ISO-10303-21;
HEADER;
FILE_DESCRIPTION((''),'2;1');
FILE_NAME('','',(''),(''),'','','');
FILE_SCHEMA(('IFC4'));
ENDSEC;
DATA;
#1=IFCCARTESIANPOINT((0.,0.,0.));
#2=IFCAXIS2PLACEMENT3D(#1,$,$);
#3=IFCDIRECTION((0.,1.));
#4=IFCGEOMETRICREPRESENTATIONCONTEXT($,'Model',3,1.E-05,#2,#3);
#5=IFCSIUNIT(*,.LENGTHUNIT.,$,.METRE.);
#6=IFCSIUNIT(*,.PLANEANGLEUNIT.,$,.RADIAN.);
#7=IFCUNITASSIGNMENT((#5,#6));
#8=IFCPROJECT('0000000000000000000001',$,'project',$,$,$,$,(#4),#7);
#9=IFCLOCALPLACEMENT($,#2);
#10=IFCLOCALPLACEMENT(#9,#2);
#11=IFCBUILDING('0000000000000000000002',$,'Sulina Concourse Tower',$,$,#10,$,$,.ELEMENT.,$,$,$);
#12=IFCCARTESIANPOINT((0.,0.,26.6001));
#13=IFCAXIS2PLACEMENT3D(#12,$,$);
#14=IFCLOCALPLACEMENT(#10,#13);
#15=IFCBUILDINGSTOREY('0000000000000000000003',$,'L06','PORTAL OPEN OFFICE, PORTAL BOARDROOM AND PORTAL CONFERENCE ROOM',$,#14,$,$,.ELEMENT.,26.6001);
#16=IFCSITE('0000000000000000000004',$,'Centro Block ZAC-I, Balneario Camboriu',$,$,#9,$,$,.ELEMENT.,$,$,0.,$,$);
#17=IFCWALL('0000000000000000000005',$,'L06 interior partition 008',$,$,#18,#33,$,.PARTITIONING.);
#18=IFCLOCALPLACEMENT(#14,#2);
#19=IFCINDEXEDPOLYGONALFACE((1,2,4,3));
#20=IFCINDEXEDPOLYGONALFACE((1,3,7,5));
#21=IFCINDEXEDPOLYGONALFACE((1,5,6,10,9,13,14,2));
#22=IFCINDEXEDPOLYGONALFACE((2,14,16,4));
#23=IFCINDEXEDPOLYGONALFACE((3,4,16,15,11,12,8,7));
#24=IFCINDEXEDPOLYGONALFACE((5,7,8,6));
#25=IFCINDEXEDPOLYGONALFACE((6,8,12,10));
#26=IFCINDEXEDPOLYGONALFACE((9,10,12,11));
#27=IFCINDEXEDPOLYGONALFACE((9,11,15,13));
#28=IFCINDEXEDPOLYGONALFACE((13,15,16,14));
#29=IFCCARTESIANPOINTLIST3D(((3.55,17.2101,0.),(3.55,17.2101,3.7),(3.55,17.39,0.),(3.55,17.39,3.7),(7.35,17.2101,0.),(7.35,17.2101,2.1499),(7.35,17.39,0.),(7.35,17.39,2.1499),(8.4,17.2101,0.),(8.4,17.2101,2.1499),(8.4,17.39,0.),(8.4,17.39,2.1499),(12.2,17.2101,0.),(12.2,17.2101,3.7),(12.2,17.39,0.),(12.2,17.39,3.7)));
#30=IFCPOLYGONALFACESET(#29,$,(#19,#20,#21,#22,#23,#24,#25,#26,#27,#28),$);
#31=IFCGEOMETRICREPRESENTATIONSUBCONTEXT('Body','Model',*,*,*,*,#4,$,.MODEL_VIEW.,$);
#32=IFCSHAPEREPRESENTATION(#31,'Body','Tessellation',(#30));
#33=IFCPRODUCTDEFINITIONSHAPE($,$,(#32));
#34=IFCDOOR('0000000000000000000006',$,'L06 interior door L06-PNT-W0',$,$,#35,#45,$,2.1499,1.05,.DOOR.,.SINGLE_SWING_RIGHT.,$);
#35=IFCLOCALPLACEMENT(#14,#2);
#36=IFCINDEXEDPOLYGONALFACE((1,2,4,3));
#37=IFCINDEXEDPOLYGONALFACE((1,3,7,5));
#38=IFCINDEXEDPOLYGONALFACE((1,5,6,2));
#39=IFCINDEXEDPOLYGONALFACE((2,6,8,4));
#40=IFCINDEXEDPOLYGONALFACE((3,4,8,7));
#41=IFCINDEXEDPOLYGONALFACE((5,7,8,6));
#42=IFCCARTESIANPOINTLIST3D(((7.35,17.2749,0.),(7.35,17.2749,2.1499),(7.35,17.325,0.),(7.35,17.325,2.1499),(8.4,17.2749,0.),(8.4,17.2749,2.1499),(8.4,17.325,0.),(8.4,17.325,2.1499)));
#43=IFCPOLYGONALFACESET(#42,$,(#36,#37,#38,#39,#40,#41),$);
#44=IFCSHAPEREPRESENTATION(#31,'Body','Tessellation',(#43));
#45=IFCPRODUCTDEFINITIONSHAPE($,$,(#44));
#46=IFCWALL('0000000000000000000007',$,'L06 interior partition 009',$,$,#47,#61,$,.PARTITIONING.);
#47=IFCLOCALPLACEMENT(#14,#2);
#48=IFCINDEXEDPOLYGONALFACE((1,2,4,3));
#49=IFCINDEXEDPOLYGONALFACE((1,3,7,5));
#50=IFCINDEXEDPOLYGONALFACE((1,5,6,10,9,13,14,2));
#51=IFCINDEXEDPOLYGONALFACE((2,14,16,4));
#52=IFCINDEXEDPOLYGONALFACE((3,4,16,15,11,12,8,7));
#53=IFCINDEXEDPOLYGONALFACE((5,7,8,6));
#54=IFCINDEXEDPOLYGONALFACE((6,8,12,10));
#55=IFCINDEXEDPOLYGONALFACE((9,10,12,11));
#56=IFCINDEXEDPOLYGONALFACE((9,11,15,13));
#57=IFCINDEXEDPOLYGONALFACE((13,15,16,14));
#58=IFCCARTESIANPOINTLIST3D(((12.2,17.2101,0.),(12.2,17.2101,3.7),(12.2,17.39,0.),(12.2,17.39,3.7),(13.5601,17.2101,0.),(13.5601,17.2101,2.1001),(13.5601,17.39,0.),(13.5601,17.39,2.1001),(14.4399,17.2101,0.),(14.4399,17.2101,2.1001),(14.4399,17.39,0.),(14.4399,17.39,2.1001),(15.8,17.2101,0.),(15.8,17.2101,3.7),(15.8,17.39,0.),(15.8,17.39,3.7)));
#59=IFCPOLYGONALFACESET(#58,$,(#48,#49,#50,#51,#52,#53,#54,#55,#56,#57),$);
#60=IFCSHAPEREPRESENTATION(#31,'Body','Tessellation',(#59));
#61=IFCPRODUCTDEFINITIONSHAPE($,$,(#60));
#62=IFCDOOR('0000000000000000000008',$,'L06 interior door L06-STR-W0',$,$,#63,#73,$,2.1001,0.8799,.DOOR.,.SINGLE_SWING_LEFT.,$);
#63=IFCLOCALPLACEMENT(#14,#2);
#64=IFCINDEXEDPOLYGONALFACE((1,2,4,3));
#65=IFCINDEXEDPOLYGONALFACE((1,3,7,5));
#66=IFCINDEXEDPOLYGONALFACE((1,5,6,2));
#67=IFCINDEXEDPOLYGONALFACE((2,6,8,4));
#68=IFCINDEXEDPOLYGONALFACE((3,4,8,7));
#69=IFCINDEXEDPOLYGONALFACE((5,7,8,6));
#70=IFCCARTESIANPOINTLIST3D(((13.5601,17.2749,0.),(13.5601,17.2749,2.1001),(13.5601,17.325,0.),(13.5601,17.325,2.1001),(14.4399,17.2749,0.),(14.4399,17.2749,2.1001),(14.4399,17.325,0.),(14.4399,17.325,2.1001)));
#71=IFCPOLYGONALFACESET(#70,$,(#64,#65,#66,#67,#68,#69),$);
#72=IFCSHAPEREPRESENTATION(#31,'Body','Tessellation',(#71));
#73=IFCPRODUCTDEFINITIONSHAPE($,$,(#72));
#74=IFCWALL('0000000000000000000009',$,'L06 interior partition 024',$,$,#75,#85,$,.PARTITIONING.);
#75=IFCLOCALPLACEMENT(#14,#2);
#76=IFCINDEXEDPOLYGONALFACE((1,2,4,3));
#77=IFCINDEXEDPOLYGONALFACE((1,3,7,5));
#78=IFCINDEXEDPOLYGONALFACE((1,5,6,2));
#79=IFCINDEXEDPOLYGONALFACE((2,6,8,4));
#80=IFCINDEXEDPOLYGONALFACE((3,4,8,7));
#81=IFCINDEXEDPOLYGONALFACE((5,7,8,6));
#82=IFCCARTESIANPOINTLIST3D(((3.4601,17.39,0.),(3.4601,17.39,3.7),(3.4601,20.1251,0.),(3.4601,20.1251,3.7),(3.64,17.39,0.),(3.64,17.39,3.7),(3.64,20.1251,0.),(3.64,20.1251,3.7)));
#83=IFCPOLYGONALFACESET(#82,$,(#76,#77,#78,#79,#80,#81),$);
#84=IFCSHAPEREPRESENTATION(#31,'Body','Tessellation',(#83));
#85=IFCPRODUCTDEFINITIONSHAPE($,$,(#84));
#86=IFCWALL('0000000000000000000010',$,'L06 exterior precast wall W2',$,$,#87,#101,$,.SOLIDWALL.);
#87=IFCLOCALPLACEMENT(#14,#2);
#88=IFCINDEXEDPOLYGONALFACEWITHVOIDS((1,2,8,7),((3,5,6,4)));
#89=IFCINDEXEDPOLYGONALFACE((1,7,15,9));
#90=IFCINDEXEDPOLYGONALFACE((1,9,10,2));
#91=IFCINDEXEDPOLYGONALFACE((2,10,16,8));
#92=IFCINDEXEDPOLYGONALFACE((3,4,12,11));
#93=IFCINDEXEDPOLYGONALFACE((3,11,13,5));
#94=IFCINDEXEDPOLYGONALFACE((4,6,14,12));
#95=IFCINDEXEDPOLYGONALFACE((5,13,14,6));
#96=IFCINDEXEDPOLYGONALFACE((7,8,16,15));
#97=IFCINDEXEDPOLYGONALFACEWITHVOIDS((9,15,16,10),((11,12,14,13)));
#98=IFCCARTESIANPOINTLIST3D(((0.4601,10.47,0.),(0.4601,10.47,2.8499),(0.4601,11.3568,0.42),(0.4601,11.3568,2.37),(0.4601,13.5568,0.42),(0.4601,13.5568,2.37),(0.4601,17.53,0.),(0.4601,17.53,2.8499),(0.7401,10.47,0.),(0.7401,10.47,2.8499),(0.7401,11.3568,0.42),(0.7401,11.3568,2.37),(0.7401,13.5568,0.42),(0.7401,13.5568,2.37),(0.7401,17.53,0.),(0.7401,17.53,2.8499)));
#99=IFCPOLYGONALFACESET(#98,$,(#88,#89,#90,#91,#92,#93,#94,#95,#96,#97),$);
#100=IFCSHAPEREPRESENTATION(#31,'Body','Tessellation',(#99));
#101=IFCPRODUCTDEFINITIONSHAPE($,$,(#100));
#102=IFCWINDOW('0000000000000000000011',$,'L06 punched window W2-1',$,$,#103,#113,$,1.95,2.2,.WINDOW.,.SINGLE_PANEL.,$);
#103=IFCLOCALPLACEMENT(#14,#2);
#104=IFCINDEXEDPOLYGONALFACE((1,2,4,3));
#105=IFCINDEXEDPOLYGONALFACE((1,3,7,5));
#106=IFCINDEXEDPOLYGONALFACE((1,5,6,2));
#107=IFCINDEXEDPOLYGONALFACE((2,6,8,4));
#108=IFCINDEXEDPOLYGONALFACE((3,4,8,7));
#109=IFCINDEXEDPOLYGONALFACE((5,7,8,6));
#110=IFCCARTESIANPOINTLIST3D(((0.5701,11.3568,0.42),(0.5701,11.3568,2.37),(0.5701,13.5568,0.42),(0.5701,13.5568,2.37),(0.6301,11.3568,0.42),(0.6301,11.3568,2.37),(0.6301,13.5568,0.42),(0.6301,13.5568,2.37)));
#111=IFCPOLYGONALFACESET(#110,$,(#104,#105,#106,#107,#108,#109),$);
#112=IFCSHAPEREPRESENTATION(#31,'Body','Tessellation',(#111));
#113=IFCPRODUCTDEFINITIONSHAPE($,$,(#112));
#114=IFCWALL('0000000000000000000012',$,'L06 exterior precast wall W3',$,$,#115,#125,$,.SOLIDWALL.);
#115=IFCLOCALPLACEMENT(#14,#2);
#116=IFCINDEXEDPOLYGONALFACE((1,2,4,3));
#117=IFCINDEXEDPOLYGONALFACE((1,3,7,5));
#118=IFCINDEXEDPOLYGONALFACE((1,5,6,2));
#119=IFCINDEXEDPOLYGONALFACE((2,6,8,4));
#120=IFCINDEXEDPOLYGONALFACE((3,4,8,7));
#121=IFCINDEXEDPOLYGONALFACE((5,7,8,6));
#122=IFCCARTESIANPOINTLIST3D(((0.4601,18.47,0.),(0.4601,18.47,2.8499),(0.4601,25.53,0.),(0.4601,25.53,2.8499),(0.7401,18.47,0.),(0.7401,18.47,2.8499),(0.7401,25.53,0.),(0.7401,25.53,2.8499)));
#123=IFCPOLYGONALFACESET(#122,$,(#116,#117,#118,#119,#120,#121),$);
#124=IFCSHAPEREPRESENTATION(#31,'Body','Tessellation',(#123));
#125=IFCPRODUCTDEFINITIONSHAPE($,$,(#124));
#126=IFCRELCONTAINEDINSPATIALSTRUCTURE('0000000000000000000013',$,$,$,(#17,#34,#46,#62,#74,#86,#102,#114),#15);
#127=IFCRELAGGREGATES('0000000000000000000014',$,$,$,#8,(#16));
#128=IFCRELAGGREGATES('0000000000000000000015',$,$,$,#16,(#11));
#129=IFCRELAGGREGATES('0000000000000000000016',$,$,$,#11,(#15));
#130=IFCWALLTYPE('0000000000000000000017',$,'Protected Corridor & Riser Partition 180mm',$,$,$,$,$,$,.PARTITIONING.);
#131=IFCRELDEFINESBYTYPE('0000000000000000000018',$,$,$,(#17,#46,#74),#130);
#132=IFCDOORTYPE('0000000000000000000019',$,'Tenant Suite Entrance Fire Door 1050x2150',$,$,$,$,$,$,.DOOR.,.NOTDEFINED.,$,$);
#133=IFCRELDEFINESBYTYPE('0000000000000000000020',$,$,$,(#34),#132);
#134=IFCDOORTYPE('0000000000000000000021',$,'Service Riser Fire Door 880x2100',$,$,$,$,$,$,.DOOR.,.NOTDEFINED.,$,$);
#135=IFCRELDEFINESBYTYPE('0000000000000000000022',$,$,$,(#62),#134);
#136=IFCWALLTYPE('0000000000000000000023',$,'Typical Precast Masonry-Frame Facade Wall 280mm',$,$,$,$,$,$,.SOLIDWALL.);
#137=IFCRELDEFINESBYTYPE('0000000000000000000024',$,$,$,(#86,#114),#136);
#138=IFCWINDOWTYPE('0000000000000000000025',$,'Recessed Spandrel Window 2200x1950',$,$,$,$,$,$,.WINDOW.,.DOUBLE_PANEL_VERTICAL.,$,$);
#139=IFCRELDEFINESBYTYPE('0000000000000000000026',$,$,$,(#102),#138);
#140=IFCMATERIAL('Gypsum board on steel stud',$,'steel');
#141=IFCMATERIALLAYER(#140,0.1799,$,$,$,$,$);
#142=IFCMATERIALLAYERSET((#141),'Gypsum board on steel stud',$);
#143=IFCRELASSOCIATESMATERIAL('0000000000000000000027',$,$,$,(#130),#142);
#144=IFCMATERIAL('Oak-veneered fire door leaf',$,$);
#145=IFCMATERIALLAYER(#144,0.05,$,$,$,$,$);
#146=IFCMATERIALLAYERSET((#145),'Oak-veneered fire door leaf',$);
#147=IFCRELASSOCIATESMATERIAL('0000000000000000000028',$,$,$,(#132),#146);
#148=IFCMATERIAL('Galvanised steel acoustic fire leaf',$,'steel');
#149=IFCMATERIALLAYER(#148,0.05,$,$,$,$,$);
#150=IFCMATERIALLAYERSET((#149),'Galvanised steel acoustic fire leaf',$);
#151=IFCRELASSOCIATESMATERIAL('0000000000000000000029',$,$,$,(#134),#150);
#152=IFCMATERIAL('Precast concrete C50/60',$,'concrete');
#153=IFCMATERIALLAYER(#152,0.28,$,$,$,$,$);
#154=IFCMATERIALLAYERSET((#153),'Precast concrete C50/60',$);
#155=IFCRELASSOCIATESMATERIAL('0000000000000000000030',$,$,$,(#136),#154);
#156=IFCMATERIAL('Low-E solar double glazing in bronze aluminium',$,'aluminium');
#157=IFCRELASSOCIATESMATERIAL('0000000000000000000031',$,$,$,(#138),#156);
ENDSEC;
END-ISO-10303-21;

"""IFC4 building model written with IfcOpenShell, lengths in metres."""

from ifc_helpers import new_model, si_unit, direction, frame, frame_2d, origin, place, context, subcontext, project, spatial, rectangle, extrude, material, layer, layer_set, type_object, element, fill, save


model = new_model("IFC4")

# Units and contexts
model_context = context("Model", 3, precision=1e-05, world=origin(), true_north=direction((0.0, 1.0)))
body_context = subcontext(model_context, "Body", "Model", "MODEL_VIEW")
ifc_project = project(units=[si_unit("LENGTHUNIT", "METRE"), si_unit("PLANEANGLEUNIT", "RADIAN")], contexts=[model_context])

# Site, building, storey
site_placement = place(None, origin())
site = spatial("IfcSite", under=ifc_project, at=site_placement, Name="Centro Block ZAC-I, Balneario Camboriu", CompositionType="ELEMENT", RefElevation=0.0)
building_placement = place(site_placement, origin())
building = spatial("IfcBuilding", under=site, at=building_placement, Name="Sulina Concourse Tower", CompositionType="ELEMENT")
storey_placement = place(building_placement, frame((0.0, 0.0, 26.6001)))
storey = spatial("IfcBuildingStorey", under=building, at=storey_placement, Name="L06", Description="PORTAL OPEN OFFICE, PORTAL BOARDROOM AND PORTAL CONFERENCE ROOM", CompositionType="ELEMENT", Elevation=26.6001)

# Shared definitions
ifc_material_1 = material(Name="Gypsum board on steel stud", Category="steel")
ifc_layer_1 = layer(ifc_material_1, 0.1799)
ifc_layer_set_1 = layer_set([ifc_layer_1], Name="Gypsum board on steel stud")
wall_type_1 = type_object("IfcWallType", Name="Protected Corridor & Riser Partition 180mm", PredefinedType="PARTITIONING", material=ifc_layer_set_1)
ifc_material_2 = material(Name="Oak-veneered fire door leaf")
ifc_layer_2 = layer(ifc_material_2, 0.05)
ifc_layer_set_2 = layer_set([ifc_layer_2], Name="Oak-veneered fire door leaf")
door_type_1 = type_object("IfcDoorType", Name="Tenant Suite Entrance Fire Door 1050x2150", OperationType="NOTDEFINED", PredefinedType="DOOR", material=ifc_layer_set_2)

# Walls, openings, doors
wall_1_placement = place(storey_placement, frame((3.55, 17.3, 0.0), z_axis=(0.0, 0.0, 1.0), x_axis=(1.0, 0.0, 0.0)))
wall_1 = element("IfcWall", 1, at=wall_1_placement, inside=storey, type_object=wall_type_1, Name="L06 interior partition 008", PredefinedType="PARTITIONING", context=body_context, shape_type="SweptSolid", body=[
    extrude(rectangle(XDim=8.6499, YDim=0.1799, at=frame_2d((4.325, 0.0))), origin(), (0.0, 0.0, 1.0), 3.7),
])
opening_1_placement = place(wall_1_placement, frame((3.8, 0.0, 0.0)))
opening_1 = element("IfcOpeningElement", 2, at=opening_1_placement, cuts=wall_1, PredefinedType="OPENING", context=body_context, shape_type="SweptSolid", body=[
    extrude(rectangle(XDim=1.05, YDim=2.1499, at=frame_2d((0.5249, 1.075))), frame((0.0, 0.0999, 0.0), z_axis=(0.0, -1.0, 0.0), x_axis=(1.0, 0.0, 0.0)), (0.0, 0.0, 1.0), 0.2),
])
door_1_placement = place(opening_1_placement, origin())
door_1 = element("IfcDoor", 3, at=door_1_placement, inside=storey, type_object=door_type_1, Name="L06 interior door L06-PNT-W0", OperationType="SINGLE_SWING_RIGHT", OverallHeight=2.1499, OverallWidth=1.05, PredefinedType="DOOR", context=body_context, shape_type="SweptSolid", body=[
    extrude(rectangle(XDim=1.05, YDim=2.1499, at=frame_2d((0.5249, 1.075))), frame((0.0, 0.0249, 0.0), z_axis=(0.0, -1.0, 0.0), x_axis=(1.0, 0.0, 0.0)), (0.0, 0.0, 1.0), 0.05),
])
fill(opening_1, door_1)
wall_2_placement = place(storey_placement, frame((12.2, 17.3, 0.0), z_axis=(0.0, 0.0, 1.0), x_axis=(1.0, 0.0, 0.0)))
wall_2 = element("IfcWall", 4, at=wall_2_placement, inside=storey, type_object=wall_type_1, Name="L06 interior partition 009", PredefinedType="PARTITIONING", context=body_context, shape_type="SweptSolid", body=[
    extrude(rectangle(XDim=3.6001, YDim=0.1799, at=frame_2d((1.8, 0.0))), origin(), (0.0, 0.0, 1.0), 3.7),
])
opening_2_placement = place(wall_2_placement, frame((1.3601, 0.0, 0.0)))
opening_2 = element("IfcOpeningElement", 5, at=opening_2_placement, cuts=wall_2, PredefinedType="OPENING", context=body_context, shape_type="SweptSolid", body=[
    extrude(rectangle(XDim=0.8799, YDim=2.1001, at=frame_2d((0.4399, 1.05))), frame((0.0, 0.0999, 0.0), z_axis=(0.0, -1.0, 0.0), x_axis=(1.0, 0.0, 0.0)), (0.0, 0.0, 1.0), 0.2),
])
ifc_material_3 = material(Name="Galvanised steel acoustic fire leaf", Category="steel")
ifc_layer_3 = layer(ifc_material_3, 0.05)
ifc_layer_set_3 = layer_set([ifc_layer_3], Name="Galvanised steel acoustic fire leaf")
door_type_2 = type_object("IfcDoorType", Name="Service Riser Fire Door 880x2100", OperationType="NOTDEFINED", PredefinedType="DOOR", material=ifc_layer_set_3)
door_2_placement = place(opening_2_placement, origin())
door_2 = element("IfcDoor", 6, at=door_2_placement, inside=storey, type_object=door_type_2, Name="L06 interior door L06-STR-W0", OperationType="SINGLE_SWING_LEFT", OverallHeight=2.1001, OverallWidth=0.8799, PredefinedType="DOOR", context=body_context, shape_type="SweptSolid", body=[
    extrude(rectangle(XDim=0.8799, YDim=2.1001, at=frame_2d((0.4399, 1.05))), frame((0.0, 0.0249, 0.0), z_axis=(0.0, -1.0, 0.0), x_axis=(1.0, 0.0, 0.0)), (0.0, 0.0, 1.0), 0.05),
])
fill(opening_2, door_2)

# Wall
wall_3_placement = place(storey_placement, frame((3.55, 17.3899, 0.0), z_axis=(0.0, 0.0, 1.0), x_axis=(0.0, 1.0, 0.0)))
element("IfcWall", 7, at=wall_3_placement, inside=storey, type_object=wall_type_1, Name="L06 interior partition 024", PredefinedType="PARTITIONING", context=body_context, shape_type="SweptSolid", body=[
    extrude(rectangle(XDim=2.7351, YDim=0.1799, at=frame_2d((1.3677, 0.0))), origin(), (0.0, 0.0, 1.0), 3.7),
])

# Wall, opening, window
ifc_material_4 = material(Name="Precast concrete C50/60", Category="concrete")
ifc_layer_4 = layer(ifc_material_4, 0.28)
ifc_layer_set_4 = layer_set([ifc_layer_4], Name="Precast concrete C50/60")
wall_type_2 = type_object("IfcWallType", Name="Typical Precast Masonry-Frame Facade Wall 280mm", PredefinedType="SOLIDWALL", material=ifc_layer_set_4)
wall_4_placement = place(storey_placement, frame((0.6001, 10.47, 0.0), z_axis=(0.0, 0.0, 1.0), x_axis=(0.0, 1.0, 0.0)))
wall_4 = element("IfcWall", 8, at=wall_4_placement, inside=storey, type_object=wall_type_2, Name="L06 exterior precast wall W2", PredefinedType="SOLIDWALL", context=body_context, shape_type="SweptSolid", body=[
    extrude(rectangle(XDim=7.0601, YDim=0.28, at=frame_2d((3.53, 0.0))), origin(), (0.0, 0.0, 1.0), 2.8499),
])
opening_3_placement = place(wall_4_placement, frame((0.8867, 0.0, 0.4199)))
opening_3 = element("IfcOpeningElement", 9, at=opening_3_placement, cuts=wall_4, PredefinedType="OPENING", context=body_context, shape_type="SweptSolid", body=[
    extrude(rectangle(XDim=2.2, YDim=1.95, at=frame_2d((1.1001, 0.9751))), frame((0.0, 0.1499, 0.0), z_axis=(0.0, -1.0, 0.0), x_axis=(1.0, 0.0, 0.0)), (0.0, 0.0, 1.0), 0.3),
])
ifc_material_5 = material(Name="Low-E solar double glazing in bronze aluminium", Category="aluminium")
window_type = type_object("IfcWindowType", Name="Recessed Spandrel Window 2200x1950", PartitioningType="DOUBLE_PANEL_VERTICAL", PredefinedType="WINDOW", material=ifc_material_5)
window_placement = place(opening_3_placement, origin())
window = element("IfcWindow", 10, at=window_placement, inside=storey, type_object=window_type, Name="L06 punched window W2-1", OverallHeight=1.95, OverallWidth=2.2, PartitioningType="SINGLE_PANEL", PredefinedType="WINDOW", context=body_context, shape_type="SweptSolid", body=[
    extrude(rectangle(XDim=2.2, YDim=1.95, at=frame_2d((1.1001, 0.9751))), frame((0.0, 0.03, 0.0), z_axis=(0.0, -1.0, 0.0), x_axis=(1.0, 0.0, 0.0)), (0.0, 0.0, 1.0), 0.0601),
])
fill(opening_3, window)

# Wall
wall_5_placement = place(storey_placement, frame((0.6001, 18.47, 0.0), z_axis=(0.0, 0.0, 1.0), x_axis=(0.0, 1.0, 0.0)))
element("IfcWall", 11, at=wall_5_placement, inside=storey, type_object=wall_type_2, Name="L06 exterior precast wall W3", PredefinedType="SOLIDWALL", context=body_context, shape_type="SweptSolid", body=[
    extrude(rectangle(XDim=7.0601, YDim=0.28, at=frame_2d((3.53, 0.0))), origin(), (0.0, 0.0, 1.0), 2.8499),
])

save(model, "model.ifc")
